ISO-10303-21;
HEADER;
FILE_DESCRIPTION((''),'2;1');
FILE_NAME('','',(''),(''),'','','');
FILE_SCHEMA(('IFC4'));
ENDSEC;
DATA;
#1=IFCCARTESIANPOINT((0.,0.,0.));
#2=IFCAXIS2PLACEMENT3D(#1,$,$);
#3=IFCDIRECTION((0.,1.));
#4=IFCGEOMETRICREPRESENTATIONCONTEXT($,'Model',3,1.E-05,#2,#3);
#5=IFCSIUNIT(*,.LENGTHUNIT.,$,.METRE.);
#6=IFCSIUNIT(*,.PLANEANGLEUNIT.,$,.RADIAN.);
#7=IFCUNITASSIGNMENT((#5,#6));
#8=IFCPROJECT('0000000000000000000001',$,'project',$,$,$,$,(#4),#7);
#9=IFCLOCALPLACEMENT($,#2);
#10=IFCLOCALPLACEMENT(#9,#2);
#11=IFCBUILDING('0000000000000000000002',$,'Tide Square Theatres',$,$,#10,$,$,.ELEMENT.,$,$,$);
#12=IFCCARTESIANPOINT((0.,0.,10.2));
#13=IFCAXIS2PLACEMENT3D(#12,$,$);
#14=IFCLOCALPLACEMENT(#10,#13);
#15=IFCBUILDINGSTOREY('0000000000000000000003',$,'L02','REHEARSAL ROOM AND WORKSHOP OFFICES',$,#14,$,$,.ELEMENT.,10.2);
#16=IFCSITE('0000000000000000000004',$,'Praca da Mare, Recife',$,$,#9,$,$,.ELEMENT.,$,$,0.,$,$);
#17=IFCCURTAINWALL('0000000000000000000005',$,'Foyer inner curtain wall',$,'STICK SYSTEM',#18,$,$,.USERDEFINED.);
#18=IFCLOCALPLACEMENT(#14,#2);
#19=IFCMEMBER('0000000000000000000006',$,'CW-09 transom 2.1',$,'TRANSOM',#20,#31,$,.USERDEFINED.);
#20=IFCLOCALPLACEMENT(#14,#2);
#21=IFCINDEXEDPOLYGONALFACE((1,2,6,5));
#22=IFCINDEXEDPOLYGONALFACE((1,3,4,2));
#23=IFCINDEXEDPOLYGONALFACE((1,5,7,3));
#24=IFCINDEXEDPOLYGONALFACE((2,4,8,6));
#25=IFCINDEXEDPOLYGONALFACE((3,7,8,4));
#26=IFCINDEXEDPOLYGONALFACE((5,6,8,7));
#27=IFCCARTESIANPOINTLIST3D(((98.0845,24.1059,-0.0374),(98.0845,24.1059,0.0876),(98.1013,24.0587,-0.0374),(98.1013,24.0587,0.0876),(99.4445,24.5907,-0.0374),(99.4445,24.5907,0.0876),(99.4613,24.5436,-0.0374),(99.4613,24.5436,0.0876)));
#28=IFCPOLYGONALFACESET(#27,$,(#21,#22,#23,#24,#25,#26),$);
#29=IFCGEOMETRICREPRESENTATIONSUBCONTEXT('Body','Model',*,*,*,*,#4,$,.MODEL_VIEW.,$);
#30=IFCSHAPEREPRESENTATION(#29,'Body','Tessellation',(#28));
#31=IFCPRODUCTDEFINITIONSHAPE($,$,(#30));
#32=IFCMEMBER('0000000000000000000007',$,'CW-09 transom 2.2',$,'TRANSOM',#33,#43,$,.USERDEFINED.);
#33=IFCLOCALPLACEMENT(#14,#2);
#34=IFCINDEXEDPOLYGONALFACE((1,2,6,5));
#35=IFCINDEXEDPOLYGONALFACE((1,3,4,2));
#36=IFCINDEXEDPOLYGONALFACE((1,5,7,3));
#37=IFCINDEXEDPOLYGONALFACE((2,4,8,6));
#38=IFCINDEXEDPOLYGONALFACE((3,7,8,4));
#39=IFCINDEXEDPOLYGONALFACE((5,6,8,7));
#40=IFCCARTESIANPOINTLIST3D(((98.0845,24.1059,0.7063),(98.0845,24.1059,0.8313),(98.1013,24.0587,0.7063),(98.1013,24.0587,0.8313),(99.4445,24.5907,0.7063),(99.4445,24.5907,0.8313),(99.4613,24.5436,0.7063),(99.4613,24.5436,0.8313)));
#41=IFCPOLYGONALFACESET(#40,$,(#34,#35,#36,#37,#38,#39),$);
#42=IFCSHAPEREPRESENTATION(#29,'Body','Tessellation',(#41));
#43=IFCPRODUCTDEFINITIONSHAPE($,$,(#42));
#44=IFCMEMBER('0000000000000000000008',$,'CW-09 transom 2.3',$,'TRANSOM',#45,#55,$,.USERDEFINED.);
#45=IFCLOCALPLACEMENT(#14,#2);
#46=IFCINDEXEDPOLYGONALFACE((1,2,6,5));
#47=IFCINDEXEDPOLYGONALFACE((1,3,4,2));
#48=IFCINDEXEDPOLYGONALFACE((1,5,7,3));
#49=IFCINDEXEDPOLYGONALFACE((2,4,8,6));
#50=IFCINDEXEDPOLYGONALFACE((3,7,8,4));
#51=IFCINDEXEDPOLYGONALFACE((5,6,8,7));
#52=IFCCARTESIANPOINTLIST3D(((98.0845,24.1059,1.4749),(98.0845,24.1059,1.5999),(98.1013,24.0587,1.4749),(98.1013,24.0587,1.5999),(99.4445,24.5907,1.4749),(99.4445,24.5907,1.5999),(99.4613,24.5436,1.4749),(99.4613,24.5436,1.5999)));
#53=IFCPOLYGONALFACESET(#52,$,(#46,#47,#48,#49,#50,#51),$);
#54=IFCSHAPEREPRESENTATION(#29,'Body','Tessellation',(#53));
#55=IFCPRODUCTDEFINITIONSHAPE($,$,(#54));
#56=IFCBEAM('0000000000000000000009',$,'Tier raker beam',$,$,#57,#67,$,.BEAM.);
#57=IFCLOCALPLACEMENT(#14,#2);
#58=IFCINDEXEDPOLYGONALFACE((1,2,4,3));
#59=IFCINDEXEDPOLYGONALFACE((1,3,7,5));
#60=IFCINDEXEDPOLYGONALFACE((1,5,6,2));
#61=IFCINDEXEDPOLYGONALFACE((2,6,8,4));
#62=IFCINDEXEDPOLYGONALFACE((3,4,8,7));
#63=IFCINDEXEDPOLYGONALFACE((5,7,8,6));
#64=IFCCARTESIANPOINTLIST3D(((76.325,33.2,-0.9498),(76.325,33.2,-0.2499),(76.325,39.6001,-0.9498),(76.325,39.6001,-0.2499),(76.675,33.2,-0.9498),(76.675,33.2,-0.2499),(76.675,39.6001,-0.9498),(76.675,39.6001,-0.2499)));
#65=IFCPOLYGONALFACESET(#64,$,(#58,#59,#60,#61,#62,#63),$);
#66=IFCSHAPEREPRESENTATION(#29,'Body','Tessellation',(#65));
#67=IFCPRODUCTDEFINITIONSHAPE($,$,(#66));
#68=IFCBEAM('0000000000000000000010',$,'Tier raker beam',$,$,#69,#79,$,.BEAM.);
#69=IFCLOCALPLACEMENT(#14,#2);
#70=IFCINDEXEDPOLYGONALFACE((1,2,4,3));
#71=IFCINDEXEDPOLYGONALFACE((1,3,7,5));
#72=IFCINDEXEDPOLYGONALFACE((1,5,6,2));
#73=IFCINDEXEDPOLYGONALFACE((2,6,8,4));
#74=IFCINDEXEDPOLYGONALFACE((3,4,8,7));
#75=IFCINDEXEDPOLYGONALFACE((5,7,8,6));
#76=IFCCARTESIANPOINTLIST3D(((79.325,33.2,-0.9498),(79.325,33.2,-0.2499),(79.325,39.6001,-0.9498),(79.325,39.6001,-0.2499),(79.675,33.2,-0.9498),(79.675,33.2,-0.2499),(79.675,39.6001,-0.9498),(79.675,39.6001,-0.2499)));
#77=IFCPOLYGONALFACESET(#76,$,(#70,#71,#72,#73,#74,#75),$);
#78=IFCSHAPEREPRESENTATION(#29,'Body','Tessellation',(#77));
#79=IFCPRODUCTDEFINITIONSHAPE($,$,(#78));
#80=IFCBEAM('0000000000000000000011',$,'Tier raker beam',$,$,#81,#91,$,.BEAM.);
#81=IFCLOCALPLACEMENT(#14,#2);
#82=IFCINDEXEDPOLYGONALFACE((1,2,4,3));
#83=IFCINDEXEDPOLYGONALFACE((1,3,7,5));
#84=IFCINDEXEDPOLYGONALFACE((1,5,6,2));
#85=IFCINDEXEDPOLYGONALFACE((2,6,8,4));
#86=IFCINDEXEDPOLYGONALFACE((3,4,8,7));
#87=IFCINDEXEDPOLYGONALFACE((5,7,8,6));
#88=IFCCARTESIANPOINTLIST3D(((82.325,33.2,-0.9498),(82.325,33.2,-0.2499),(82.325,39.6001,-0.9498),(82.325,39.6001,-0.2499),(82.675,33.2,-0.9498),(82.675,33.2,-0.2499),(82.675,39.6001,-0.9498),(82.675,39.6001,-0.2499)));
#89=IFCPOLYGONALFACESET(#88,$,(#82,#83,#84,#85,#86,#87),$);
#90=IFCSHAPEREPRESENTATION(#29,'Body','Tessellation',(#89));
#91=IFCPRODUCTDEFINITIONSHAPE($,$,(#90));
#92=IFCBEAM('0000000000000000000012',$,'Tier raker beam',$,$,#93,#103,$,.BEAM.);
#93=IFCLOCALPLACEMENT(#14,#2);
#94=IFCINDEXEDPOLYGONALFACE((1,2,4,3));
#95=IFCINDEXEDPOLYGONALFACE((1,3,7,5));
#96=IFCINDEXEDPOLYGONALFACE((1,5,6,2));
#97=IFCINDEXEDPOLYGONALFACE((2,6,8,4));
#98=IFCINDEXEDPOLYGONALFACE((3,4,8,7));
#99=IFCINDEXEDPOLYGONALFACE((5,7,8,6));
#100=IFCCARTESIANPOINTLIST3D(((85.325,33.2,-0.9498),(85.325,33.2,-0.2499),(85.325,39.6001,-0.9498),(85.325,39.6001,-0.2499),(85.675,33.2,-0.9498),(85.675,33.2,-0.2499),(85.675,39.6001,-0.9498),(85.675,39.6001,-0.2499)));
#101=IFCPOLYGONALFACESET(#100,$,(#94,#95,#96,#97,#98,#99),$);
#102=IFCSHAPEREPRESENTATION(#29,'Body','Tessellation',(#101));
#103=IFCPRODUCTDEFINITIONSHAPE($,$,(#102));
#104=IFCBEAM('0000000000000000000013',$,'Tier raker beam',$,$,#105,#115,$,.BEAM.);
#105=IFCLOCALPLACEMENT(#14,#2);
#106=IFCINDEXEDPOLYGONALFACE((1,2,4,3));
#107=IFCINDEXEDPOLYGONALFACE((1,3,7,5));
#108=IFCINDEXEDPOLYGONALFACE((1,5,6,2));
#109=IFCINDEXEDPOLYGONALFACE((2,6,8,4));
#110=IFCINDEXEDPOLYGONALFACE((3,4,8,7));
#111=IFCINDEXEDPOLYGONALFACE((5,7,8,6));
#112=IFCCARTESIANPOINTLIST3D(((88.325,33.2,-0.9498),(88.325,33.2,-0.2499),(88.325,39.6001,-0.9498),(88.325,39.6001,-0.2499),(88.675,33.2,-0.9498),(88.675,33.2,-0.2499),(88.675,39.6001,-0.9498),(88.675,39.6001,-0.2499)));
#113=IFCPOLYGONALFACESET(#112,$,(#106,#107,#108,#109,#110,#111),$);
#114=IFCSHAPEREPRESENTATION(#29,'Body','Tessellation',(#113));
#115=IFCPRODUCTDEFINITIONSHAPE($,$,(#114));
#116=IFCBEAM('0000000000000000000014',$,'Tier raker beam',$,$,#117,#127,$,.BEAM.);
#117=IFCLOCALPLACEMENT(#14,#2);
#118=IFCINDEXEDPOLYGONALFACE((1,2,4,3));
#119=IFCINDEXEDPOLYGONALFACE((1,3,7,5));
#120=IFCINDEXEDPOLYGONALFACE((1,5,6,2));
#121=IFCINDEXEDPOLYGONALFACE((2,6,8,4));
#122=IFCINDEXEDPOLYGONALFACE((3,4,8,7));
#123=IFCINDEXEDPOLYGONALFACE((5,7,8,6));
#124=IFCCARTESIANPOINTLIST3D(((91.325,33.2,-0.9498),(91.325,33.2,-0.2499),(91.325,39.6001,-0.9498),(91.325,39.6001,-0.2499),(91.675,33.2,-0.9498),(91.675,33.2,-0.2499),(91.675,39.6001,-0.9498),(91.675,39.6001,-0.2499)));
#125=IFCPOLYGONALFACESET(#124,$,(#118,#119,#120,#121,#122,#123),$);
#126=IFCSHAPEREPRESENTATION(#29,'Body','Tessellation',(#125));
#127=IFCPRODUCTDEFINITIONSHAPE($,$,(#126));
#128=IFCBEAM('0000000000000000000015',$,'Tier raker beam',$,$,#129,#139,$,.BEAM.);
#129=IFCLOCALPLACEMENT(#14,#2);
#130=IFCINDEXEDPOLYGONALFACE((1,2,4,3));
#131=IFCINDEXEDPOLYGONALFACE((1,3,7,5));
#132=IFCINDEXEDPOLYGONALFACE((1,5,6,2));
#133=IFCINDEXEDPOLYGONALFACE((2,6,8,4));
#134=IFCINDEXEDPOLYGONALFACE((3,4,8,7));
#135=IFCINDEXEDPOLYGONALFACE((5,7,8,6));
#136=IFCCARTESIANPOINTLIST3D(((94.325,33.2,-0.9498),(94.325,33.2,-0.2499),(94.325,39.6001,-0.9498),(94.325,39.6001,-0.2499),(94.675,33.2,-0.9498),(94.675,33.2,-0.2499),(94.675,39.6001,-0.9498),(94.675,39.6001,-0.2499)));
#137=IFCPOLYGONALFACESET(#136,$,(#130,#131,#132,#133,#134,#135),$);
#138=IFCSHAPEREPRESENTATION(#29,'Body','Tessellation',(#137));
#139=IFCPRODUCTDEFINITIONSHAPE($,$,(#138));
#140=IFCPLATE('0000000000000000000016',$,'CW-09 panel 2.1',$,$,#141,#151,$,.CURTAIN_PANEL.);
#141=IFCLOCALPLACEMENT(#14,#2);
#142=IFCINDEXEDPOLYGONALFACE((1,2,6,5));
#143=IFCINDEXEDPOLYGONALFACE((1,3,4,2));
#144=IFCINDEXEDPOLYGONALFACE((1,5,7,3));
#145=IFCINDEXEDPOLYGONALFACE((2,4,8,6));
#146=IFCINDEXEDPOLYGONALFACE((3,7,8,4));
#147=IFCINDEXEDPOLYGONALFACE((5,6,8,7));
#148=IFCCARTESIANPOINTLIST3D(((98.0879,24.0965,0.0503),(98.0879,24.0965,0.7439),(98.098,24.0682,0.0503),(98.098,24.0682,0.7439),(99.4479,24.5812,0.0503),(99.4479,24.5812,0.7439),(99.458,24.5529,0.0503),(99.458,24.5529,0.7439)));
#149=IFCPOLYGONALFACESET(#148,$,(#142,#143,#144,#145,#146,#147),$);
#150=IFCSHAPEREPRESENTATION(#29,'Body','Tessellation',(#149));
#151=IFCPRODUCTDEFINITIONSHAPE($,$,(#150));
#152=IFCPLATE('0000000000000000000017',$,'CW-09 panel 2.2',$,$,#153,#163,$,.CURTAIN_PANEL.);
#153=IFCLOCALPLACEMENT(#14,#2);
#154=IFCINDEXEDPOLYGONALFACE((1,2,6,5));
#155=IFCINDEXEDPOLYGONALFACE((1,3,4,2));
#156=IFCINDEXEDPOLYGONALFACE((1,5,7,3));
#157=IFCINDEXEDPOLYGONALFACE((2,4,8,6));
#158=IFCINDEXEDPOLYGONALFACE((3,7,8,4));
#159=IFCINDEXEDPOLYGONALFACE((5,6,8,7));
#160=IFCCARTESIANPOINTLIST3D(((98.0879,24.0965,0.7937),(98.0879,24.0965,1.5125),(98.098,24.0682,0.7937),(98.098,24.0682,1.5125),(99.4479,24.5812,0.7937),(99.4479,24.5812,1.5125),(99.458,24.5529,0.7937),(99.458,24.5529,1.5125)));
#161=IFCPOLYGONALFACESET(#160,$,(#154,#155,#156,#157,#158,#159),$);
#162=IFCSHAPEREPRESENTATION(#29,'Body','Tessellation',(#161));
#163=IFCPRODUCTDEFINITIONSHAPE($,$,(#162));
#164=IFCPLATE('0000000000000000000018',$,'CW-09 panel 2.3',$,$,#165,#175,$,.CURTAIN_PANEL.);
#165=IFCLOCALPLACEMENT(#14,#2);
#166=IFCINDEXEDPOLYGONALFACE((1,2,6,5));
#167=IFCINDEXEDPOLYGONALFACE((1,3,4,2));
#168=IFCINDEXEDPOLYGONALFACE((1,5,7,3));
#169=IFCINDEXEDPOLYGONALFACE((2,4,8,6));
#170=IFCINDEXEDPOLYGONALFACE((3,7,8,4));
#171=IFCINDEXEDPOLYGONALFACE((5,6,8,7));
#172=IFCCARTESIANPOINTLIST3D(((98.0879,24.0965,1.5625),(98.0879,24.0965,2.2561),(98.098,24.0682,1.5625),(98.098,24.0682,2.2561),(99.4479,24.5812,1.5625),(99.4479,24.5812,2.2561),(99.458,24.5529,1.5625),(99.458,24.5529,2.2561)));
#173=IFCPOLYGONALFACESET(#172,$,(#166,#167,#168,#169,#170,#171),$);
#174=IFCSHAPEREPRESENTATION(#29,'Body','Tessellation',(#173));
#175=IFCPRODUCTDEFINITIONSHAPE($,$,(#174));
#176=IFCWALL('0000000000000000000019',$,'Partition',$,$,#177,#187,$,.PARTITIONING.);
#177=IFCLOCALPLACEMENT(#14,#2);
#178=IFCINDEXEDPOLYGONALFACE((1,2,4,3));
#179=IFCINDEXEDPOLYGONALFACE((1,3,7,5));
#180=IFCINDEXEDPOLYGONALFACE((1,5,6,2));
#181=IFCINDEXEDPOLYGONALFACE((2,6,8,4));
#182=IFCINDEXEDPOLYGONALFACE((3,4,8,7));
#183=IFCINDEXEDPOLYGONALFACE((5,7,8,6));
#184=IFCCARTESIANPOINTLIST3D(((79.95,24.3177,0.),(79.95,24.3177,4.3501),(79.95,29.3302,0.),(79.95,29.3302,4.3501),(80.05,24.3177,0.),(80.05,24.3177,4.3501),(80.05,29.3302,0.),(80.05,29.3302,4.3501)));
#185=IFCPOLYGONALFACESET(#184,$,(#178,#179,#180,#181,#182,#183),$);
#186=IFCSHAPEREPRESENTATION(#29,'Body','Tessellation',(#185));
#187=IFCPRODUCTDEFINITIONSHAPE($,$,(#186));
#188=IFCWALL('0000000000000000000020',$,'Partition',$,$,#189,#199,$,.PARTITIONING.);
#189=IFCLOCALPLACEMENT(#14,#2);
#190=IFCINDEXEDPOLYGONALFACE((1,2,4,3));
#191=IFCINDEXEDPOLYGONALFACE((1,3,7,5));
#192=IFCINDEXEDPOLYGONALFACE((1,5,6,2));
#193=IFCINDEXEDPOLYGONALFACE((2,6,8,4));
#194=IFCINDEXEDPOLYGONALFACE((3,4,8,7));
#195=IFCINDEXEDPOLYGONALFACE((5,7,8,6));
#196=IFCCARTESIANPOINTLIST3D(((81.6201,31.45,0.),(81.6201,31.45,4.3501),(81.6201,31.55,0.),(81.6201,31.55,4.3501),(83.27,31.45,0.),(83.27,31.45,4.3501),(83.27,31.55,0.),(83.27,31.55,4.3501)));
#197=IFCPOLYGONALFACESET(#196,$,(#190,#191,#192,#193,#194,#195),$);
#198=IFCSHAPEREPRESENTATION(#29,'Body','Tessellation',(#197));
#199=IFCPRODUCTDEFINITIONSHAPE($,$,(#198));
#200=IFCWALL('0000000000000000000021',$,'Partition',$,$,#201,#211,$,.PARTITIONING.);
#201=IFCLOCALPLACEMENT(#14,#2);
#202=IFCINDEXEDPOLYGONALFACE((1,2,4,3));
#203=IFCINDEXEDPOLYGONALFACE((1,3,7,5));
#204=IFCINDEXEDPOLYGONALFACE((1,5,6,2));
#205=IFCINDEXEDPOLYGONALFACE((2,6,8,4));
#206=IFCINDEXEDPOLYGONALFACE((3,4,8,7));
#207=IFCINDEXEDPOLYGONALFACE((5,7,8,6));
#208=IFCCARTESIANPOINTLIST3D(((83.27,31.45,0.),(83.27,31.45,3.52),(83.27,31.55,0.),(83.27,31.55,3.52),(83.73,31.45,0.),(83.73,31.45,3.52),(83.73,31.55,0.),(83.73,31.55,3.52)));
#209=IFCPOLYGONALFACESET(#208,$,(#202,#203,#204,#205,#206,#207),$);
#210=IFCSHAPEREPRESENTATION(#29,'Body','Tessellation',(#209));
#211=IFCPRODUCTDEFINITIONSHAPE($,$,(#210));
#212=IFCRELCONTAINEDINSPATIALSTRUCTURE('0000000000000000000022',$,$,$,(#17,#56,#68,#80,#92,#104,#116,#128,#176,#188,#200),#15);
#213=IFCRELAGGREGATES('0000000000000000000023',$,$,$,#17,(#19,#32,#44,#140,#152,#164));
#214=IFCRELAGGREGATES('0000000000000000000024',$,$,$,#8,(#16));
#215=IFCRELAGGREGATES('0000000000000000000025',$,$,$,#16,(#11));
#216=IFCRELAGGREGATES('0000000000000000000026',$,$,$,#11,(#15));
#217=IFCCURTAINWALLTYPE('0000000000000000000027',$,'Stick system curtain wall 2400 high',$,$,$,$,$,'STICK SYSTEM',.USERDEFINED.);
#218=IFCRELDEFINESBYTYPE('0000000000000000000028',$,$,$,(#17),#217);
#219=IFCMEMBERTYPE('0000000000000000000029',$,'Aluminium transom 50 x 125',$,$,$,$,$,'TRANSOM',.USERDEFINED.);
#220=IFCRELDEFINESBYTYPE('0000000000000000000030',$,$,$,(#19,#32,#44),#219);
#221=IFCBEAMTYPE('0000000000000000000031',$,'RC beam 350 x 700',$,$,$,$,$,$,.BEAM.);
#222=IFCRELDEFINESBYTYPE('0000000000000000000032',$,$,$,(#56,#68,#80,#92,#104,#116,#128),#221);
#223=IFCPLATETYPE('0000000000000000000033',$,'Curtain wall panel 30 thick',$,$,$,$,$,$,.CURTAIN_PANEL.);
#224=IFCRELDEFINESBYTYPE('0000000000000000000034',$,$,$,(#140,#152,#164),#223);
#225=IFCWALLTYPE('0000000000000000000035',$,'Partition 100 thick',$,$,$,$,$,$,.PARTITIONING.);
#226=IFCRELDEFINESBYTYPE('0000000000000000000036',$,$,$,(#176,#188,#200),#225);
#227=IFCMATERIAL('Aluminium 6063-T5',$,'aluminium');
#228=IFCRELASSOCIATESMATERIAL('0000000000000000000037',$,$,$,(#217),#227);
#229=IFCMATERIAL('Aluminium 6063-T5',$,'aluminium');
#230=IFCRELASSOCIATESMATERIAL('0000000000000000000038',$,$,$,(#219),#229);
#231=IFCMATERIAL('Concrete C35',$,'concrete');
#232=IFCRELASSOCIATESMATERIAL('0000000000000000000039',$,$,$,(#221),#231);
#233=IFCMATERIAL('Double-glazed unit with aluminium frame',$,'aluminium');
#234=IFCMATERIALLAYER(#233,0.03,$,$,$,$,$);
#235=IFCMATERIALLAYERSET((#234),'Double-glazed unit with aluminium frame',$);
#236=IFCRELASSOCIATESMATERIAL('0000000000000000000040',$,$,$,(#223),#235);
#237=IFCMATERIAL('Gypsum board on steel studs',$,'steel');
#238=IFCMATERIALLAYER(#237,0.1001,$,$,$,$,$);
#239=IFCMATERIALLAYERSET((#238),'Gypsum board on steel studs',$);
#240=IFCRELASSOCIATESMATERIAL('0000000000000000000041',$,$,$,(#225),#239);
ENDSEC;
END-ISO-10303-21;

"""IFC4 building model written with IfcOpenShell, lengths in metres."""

from ifc_helpers import new_model, si_unit, direction, frame, frame_2d, origin, origin_2d, place, context, subcontext, project, spatial, rectangle, extrude, material, layer, layer_set, material_profile, profile_set, type_object, element, aggregate, save


model = new_model("IFC4")

# Units and contexts
model_context = context("Model", 3, precision=1e-05, world=origin(), true_north=direction((0.0, 1.0)))
body_context = subcontext(model_context, "Body", "Model", "MODEL_VIEW")
ifc_project = project(units=[si_unit("LENGTHUNIT", "METRE"), si_unit("PLANEANGLEUNIT", "RADIAN")], contexts=[model_context])

# Site, building, storey
site_placement = place(None, origin())
site = spatial("IfcSite", under=ifc_project, at=site_placement, Name="Praca da Mare, Recife", CompositionType="ELEMENT", RefElevation=0.0)
building_placement = place(site_placement, origin())
building = spatial("IfcBuilding", under=site, at=building_placement, Name="Tide Square Theatres", CompositionType="ELEMENT")
storey_placement = place(building_placement, frame((0.0, 0.0, 10.2)))
storey = spatial("IfcBuildingStorey", under=building, at=storey_placement, Name="L02", Description="REHEARSAL ROOM AND WORKSHOP OFFICES", CompositionType="ELEMENT", Elevation=10.2)

# Curtain wall, members
ifc_material_1 = material(Name="Aluminium 6063-T5", Category="aluminium")
curtain_wall_type = type_object("IfcCurtainWallType", Name="Stick system curtain wall 2400 high", ElementType="STICK SYSTEM", PredefinedType="USERDEFINED", material=ifc_material_1)
curtain_wall_placement = place(storey_placement, origin())
curtain_wall = element("IfcCurtainWall", 1, at=curtain_wall_placement, inside=storey, type_object=curtain_wall_type, Name="Foyer inner curtain wall", ObjectType="STICK SYSTEM", PredefinedType="USERDEFINED")
ifc_material_2 = material(Name="Aluminium 6063-T5", Category="aluminium")
ifc_material_profile_1 = material_profile(ifc_material_2, rectangle(XDim=0.05, YDim=0.125, at=origin_2d()))
ifc_profile_set_1 = profile_set([ifc_material_profile_1], Name="Aluminium 6063-T5")
member_type = type_object("IfcMemberType", Name="Aluminium transom 50 x 125", ElementType="TRANSOM", PredefinedType="USERDEFINED", material=ifc_profile_set_1)
member_1_placement = place(storey_placement, frame((99.4529, 24.5671, 0.0251), z_axis=(-0.941937, -0.33579, 0.0), x_axis=(0.33579, -0.941937, 0.0)))
member_1 = element("IfcMember", 2, at=member_1_placement, type_object=member_type, Name="CW-09 transom 2.1", ObjectType="TRANSOM", PredefinedType="USERDEFINED", context=body_context, shape_type="SweptSolid", body=[
    extrude(rectangle(XDim=0.05, YDim=0.125, at=origin_2d()), origin(), (0.0, 0.0, 1.0), 1.4438),
])
member_2_placement = place(storey_placement, frame((99.4529, 24.5671, 0.7688), z_axis=(-0.941937, -0.33579, 0.0), x_axis=(0.33579, -0.941937, 0.0)))
member_2 = element("IfcMember", 3, at=member_2_placement, type_object=member_type, Name="CW-09 transom 2.2", ObjectType="TRANSOM", PredefinedType="USERDEFINED", context=body_context, shape_type="SweptSolid", body=[
    extrude(rectangle(XDim=0.05, YDim=0.125, at=origin_2d()), origin(), (0.0, 0.0, 1.0), 1.4438),
])
member_3_placement = place(storey_placement, frame((99.4529, 24.5671, 1.5374), z_axis=(-0.941937, -0.33579, 0.0), x_axis=(0.33579, -0.941937, 0.0)))
member_3 = element("IfcMember", 4, at=member_3_placement, type_object=member_type, Name="CW-09 transom 2.3", ObjectType="TRANSOM", PredefinedType="USERDEFINED", context=body_context, shape_type="SweptSolid", body=[
    extrude(rectangle(XDim=0.05, YDim=0.125, at=origin_2d()), origin(), (0.0, 0.0, 1.0), 1.4438),
])

# Beams
ifc_material_3 = material(Name="Concrete C35", Category="concrete")
ifc_material_profile_2 = material_profile(ifc_material_3, rectangle(XDim=0.3501, YDim=0.7, at=origin_2d()))
ifc_profile_set_2 = profile_set([ifc_material_profile_2], Name="Concrete C35")
beam_type = type_object("IfcBeamType", Name="RC beam 350 x 700", PredefinedType="BEAM", material=ifc_profile_set_2)
for number, where, z_axis, x_axis, name in (
    (5, (76.5, 33.2, -0.5999), (0.0, 1.0, 0.0), (-1.0, 0.0, 0.0), "Tier raker beam"),
    (6, (79.5, 33.2, -0.5999), (0.0, 1.0, 0.0), (-1.0, 0.0, 0.0), "Tier raker beam"),
    (7, (82.5, 33.2, -0.5999), (0.0, 1.0, 0.0), (-1.0, 0.0, 0.0), "Tier raker beam"),
    (8, (85.5, 33.2, -0.5999), (0.0, 1.0, 0.0), (-1.0, 0.0, 0.0), "Tier raker beam"),
    (9, (88.5, 33.2, -0.5999), (0.0, 1.0, 0.0), (-1.0, 0.0, 0.0), "Tier raker beam"),
    (10, (91.5, 33.2, -0.5999), (0.0, 1.0, 0.0), (-1.0, 0.0, 0.0), "Tier raker beam"),
    (11, (94.5, 33.2, -0.5999), (0.0, 1.0, 0.0), (-1.0, 0.0, 0.0), "Tier raker beam"),
):
    element("IfcBeam", number, at=place(storey_placement, frame(where, z_axis=z_axis, x_axis=x_axis)), inside=storey, type_object=beam_type, Name=name, PredefinedType="BEAM", context=body_context, shape_type="SweptSolid", body=[
        extrude(rectangle(XDim=0.3501, YDim=0.7, at=origin_2d()), origin(), (0.0, 0.0, 1.0), 6.4001),
    ])

# Plates
ifc_material_4 = material(Name="Double-glazed unit with aluminium frame", Category="aluminium")
ifc_layer_1 = layer(ifc_material_4, 0.03)
ifc_layer_set_1 = layer_set([ifc_layer_1], Name="Double-glazed unit with aluminium frame")
plate_type = type_object("IfcPlateType", Name="Curtain wall panel 30 thick", PredefinedType="CURTAIN_PANEL", material=ifc_layer_set_1)
plate_1_placement = place(storey_placement, frame((98.7729, 24.3247, 0.0503), z_axis=(0.0, 0.0, 1.0), x_axis=(-0.941961, -0.335723, 0.0)))
plate_1 = element("IfcPlate", 12, at=plate_1_placement, type_object=plate_type, Name="CW-09 panel 2.1", PredefinedType="CURTAIN_PANEL", context=body_context, shape_type="SweptSolid", body=[
    extrude(rectangle(XDim=1.4438, YDim=0.03, at=origin_2d()), origin(), (0.0, 0.0, 1.0), 0.6936),
])
plate_2_placement = place(storey_placement, frame((98.7729, 24.3247, 0.7937), z_axis=(0.0, 0.0, 1.0), x_axis=(-0.941961, -0.335723, 0.0)))
plate_2 = element("IfcPlate", 13, at=plate_2_placement, type_object=plate_type, Name="CW-09 panel 2.2", PredefinedType="CURTAIN_PANEL", context=body_context, shape_type="SweptSolid", body=[
    extrude(rectangle(XDim=1.4438, YDim=0.03, at=origin_2d()), origin(), (0.0, 0.0, 1.0), 0.7188),
])
plate_3_placement = place(storey_placement, frame((98.7729, 24.3247, 1.5625), z_axis=(0.0, 0.0, 1.0), x_axis=(-0.941961, -0.335723, 0.0)))
plate_3 = element("IfcPlate", 14, at=plate_3_placement, type_object=plate_type, Name="CW-09 panel 2.3", PredefinedType="CURTAIN_PANEL", context=body_context, shape_type="SweptSolid", body=[
    extrude(rectangle(XDim=1.4438, YDim=0.03, at=origin_2d()), origin(), (0.0, 0.0, 1.0), 0.6936),
])
aggregate(curtain_wall, [member_1, member_2, member_3, plate_1, plate_2, plate_3])

# Walls
ifc_material_5 = material(Name="Gypsum board on steel studs", Category="steel")
ifc_layer_2 = layer(ifc_material_5, 0.1001)
ifc_layer_set_2 = layer_set([ifc_layer_2], Name="Gypsum board on steel studs")
wall_type_1 = type_object("IfcWallType", Name="Partition 100 thick", PredefinedType="PARTITIONING", material=ifc_layer_set_2)
wall_1_placement = place(storey_placement, frame((80.0, 24.3176, 0.0), z_axis=(0.0, 0.0, 1.0), x_axis=(0.0, 1.0, 0.0)))
element("IfcWall", 15, at=wall_1_placement, inside=storey, type_object=wall_type_1, Name="Partition", PredefinedType="PARTITIONING", context=body_context, shape_type="SweptSolid", body=[
    extrude(rectangle(XDim=5.0125, YDim=0.1001, at=frame_2d((2.5063, 0.0))), origin(), (0.0, 0.0, 1.0), 4.3501),
])
wall_2_placement = place(storey_placement, frame((81.6201, 31.5, 0.0), z_axis=(0.0, 0.0, 1.0), x_axis=(1.0, 0.0, 0.0)))
element("IfcWall", 16, at=wall_2_placement, inside=storey, type_object=wall_type_1, Name="Partition", PredefinedType="PARTITIONING", context=body_context, shape_type="SweptSolid", body=[
    extrude(rectangle(XDim=1.6499, YDim=0.1001, at=frame_2d((0.825, 0.0))), origin(), (0.0, 0.0, 1.0), 4.3501),
])
wall_3_placement = place(storey_placement, frame((83.27, 31.5, 0.0), z_axis=(0.0, 0.0, 1.0), x_axis=(1.0, 0.0, 0.0)))
element("IfcWall", 17, at=wall_3_placement, inside=storey, type_object=wall_type_1, Name="Partition", PredefinedType="PARTITIONING", context=body_context, shape_type="SweptSolid", body=[
    extrude(rectangle(XDim=0.46, YDim=0.1001, at=frame_2d((0.23, 0.0))), origin(), (0.0, 0.0, 1.0), 3.52),
])

save(model, "model.ifc")
